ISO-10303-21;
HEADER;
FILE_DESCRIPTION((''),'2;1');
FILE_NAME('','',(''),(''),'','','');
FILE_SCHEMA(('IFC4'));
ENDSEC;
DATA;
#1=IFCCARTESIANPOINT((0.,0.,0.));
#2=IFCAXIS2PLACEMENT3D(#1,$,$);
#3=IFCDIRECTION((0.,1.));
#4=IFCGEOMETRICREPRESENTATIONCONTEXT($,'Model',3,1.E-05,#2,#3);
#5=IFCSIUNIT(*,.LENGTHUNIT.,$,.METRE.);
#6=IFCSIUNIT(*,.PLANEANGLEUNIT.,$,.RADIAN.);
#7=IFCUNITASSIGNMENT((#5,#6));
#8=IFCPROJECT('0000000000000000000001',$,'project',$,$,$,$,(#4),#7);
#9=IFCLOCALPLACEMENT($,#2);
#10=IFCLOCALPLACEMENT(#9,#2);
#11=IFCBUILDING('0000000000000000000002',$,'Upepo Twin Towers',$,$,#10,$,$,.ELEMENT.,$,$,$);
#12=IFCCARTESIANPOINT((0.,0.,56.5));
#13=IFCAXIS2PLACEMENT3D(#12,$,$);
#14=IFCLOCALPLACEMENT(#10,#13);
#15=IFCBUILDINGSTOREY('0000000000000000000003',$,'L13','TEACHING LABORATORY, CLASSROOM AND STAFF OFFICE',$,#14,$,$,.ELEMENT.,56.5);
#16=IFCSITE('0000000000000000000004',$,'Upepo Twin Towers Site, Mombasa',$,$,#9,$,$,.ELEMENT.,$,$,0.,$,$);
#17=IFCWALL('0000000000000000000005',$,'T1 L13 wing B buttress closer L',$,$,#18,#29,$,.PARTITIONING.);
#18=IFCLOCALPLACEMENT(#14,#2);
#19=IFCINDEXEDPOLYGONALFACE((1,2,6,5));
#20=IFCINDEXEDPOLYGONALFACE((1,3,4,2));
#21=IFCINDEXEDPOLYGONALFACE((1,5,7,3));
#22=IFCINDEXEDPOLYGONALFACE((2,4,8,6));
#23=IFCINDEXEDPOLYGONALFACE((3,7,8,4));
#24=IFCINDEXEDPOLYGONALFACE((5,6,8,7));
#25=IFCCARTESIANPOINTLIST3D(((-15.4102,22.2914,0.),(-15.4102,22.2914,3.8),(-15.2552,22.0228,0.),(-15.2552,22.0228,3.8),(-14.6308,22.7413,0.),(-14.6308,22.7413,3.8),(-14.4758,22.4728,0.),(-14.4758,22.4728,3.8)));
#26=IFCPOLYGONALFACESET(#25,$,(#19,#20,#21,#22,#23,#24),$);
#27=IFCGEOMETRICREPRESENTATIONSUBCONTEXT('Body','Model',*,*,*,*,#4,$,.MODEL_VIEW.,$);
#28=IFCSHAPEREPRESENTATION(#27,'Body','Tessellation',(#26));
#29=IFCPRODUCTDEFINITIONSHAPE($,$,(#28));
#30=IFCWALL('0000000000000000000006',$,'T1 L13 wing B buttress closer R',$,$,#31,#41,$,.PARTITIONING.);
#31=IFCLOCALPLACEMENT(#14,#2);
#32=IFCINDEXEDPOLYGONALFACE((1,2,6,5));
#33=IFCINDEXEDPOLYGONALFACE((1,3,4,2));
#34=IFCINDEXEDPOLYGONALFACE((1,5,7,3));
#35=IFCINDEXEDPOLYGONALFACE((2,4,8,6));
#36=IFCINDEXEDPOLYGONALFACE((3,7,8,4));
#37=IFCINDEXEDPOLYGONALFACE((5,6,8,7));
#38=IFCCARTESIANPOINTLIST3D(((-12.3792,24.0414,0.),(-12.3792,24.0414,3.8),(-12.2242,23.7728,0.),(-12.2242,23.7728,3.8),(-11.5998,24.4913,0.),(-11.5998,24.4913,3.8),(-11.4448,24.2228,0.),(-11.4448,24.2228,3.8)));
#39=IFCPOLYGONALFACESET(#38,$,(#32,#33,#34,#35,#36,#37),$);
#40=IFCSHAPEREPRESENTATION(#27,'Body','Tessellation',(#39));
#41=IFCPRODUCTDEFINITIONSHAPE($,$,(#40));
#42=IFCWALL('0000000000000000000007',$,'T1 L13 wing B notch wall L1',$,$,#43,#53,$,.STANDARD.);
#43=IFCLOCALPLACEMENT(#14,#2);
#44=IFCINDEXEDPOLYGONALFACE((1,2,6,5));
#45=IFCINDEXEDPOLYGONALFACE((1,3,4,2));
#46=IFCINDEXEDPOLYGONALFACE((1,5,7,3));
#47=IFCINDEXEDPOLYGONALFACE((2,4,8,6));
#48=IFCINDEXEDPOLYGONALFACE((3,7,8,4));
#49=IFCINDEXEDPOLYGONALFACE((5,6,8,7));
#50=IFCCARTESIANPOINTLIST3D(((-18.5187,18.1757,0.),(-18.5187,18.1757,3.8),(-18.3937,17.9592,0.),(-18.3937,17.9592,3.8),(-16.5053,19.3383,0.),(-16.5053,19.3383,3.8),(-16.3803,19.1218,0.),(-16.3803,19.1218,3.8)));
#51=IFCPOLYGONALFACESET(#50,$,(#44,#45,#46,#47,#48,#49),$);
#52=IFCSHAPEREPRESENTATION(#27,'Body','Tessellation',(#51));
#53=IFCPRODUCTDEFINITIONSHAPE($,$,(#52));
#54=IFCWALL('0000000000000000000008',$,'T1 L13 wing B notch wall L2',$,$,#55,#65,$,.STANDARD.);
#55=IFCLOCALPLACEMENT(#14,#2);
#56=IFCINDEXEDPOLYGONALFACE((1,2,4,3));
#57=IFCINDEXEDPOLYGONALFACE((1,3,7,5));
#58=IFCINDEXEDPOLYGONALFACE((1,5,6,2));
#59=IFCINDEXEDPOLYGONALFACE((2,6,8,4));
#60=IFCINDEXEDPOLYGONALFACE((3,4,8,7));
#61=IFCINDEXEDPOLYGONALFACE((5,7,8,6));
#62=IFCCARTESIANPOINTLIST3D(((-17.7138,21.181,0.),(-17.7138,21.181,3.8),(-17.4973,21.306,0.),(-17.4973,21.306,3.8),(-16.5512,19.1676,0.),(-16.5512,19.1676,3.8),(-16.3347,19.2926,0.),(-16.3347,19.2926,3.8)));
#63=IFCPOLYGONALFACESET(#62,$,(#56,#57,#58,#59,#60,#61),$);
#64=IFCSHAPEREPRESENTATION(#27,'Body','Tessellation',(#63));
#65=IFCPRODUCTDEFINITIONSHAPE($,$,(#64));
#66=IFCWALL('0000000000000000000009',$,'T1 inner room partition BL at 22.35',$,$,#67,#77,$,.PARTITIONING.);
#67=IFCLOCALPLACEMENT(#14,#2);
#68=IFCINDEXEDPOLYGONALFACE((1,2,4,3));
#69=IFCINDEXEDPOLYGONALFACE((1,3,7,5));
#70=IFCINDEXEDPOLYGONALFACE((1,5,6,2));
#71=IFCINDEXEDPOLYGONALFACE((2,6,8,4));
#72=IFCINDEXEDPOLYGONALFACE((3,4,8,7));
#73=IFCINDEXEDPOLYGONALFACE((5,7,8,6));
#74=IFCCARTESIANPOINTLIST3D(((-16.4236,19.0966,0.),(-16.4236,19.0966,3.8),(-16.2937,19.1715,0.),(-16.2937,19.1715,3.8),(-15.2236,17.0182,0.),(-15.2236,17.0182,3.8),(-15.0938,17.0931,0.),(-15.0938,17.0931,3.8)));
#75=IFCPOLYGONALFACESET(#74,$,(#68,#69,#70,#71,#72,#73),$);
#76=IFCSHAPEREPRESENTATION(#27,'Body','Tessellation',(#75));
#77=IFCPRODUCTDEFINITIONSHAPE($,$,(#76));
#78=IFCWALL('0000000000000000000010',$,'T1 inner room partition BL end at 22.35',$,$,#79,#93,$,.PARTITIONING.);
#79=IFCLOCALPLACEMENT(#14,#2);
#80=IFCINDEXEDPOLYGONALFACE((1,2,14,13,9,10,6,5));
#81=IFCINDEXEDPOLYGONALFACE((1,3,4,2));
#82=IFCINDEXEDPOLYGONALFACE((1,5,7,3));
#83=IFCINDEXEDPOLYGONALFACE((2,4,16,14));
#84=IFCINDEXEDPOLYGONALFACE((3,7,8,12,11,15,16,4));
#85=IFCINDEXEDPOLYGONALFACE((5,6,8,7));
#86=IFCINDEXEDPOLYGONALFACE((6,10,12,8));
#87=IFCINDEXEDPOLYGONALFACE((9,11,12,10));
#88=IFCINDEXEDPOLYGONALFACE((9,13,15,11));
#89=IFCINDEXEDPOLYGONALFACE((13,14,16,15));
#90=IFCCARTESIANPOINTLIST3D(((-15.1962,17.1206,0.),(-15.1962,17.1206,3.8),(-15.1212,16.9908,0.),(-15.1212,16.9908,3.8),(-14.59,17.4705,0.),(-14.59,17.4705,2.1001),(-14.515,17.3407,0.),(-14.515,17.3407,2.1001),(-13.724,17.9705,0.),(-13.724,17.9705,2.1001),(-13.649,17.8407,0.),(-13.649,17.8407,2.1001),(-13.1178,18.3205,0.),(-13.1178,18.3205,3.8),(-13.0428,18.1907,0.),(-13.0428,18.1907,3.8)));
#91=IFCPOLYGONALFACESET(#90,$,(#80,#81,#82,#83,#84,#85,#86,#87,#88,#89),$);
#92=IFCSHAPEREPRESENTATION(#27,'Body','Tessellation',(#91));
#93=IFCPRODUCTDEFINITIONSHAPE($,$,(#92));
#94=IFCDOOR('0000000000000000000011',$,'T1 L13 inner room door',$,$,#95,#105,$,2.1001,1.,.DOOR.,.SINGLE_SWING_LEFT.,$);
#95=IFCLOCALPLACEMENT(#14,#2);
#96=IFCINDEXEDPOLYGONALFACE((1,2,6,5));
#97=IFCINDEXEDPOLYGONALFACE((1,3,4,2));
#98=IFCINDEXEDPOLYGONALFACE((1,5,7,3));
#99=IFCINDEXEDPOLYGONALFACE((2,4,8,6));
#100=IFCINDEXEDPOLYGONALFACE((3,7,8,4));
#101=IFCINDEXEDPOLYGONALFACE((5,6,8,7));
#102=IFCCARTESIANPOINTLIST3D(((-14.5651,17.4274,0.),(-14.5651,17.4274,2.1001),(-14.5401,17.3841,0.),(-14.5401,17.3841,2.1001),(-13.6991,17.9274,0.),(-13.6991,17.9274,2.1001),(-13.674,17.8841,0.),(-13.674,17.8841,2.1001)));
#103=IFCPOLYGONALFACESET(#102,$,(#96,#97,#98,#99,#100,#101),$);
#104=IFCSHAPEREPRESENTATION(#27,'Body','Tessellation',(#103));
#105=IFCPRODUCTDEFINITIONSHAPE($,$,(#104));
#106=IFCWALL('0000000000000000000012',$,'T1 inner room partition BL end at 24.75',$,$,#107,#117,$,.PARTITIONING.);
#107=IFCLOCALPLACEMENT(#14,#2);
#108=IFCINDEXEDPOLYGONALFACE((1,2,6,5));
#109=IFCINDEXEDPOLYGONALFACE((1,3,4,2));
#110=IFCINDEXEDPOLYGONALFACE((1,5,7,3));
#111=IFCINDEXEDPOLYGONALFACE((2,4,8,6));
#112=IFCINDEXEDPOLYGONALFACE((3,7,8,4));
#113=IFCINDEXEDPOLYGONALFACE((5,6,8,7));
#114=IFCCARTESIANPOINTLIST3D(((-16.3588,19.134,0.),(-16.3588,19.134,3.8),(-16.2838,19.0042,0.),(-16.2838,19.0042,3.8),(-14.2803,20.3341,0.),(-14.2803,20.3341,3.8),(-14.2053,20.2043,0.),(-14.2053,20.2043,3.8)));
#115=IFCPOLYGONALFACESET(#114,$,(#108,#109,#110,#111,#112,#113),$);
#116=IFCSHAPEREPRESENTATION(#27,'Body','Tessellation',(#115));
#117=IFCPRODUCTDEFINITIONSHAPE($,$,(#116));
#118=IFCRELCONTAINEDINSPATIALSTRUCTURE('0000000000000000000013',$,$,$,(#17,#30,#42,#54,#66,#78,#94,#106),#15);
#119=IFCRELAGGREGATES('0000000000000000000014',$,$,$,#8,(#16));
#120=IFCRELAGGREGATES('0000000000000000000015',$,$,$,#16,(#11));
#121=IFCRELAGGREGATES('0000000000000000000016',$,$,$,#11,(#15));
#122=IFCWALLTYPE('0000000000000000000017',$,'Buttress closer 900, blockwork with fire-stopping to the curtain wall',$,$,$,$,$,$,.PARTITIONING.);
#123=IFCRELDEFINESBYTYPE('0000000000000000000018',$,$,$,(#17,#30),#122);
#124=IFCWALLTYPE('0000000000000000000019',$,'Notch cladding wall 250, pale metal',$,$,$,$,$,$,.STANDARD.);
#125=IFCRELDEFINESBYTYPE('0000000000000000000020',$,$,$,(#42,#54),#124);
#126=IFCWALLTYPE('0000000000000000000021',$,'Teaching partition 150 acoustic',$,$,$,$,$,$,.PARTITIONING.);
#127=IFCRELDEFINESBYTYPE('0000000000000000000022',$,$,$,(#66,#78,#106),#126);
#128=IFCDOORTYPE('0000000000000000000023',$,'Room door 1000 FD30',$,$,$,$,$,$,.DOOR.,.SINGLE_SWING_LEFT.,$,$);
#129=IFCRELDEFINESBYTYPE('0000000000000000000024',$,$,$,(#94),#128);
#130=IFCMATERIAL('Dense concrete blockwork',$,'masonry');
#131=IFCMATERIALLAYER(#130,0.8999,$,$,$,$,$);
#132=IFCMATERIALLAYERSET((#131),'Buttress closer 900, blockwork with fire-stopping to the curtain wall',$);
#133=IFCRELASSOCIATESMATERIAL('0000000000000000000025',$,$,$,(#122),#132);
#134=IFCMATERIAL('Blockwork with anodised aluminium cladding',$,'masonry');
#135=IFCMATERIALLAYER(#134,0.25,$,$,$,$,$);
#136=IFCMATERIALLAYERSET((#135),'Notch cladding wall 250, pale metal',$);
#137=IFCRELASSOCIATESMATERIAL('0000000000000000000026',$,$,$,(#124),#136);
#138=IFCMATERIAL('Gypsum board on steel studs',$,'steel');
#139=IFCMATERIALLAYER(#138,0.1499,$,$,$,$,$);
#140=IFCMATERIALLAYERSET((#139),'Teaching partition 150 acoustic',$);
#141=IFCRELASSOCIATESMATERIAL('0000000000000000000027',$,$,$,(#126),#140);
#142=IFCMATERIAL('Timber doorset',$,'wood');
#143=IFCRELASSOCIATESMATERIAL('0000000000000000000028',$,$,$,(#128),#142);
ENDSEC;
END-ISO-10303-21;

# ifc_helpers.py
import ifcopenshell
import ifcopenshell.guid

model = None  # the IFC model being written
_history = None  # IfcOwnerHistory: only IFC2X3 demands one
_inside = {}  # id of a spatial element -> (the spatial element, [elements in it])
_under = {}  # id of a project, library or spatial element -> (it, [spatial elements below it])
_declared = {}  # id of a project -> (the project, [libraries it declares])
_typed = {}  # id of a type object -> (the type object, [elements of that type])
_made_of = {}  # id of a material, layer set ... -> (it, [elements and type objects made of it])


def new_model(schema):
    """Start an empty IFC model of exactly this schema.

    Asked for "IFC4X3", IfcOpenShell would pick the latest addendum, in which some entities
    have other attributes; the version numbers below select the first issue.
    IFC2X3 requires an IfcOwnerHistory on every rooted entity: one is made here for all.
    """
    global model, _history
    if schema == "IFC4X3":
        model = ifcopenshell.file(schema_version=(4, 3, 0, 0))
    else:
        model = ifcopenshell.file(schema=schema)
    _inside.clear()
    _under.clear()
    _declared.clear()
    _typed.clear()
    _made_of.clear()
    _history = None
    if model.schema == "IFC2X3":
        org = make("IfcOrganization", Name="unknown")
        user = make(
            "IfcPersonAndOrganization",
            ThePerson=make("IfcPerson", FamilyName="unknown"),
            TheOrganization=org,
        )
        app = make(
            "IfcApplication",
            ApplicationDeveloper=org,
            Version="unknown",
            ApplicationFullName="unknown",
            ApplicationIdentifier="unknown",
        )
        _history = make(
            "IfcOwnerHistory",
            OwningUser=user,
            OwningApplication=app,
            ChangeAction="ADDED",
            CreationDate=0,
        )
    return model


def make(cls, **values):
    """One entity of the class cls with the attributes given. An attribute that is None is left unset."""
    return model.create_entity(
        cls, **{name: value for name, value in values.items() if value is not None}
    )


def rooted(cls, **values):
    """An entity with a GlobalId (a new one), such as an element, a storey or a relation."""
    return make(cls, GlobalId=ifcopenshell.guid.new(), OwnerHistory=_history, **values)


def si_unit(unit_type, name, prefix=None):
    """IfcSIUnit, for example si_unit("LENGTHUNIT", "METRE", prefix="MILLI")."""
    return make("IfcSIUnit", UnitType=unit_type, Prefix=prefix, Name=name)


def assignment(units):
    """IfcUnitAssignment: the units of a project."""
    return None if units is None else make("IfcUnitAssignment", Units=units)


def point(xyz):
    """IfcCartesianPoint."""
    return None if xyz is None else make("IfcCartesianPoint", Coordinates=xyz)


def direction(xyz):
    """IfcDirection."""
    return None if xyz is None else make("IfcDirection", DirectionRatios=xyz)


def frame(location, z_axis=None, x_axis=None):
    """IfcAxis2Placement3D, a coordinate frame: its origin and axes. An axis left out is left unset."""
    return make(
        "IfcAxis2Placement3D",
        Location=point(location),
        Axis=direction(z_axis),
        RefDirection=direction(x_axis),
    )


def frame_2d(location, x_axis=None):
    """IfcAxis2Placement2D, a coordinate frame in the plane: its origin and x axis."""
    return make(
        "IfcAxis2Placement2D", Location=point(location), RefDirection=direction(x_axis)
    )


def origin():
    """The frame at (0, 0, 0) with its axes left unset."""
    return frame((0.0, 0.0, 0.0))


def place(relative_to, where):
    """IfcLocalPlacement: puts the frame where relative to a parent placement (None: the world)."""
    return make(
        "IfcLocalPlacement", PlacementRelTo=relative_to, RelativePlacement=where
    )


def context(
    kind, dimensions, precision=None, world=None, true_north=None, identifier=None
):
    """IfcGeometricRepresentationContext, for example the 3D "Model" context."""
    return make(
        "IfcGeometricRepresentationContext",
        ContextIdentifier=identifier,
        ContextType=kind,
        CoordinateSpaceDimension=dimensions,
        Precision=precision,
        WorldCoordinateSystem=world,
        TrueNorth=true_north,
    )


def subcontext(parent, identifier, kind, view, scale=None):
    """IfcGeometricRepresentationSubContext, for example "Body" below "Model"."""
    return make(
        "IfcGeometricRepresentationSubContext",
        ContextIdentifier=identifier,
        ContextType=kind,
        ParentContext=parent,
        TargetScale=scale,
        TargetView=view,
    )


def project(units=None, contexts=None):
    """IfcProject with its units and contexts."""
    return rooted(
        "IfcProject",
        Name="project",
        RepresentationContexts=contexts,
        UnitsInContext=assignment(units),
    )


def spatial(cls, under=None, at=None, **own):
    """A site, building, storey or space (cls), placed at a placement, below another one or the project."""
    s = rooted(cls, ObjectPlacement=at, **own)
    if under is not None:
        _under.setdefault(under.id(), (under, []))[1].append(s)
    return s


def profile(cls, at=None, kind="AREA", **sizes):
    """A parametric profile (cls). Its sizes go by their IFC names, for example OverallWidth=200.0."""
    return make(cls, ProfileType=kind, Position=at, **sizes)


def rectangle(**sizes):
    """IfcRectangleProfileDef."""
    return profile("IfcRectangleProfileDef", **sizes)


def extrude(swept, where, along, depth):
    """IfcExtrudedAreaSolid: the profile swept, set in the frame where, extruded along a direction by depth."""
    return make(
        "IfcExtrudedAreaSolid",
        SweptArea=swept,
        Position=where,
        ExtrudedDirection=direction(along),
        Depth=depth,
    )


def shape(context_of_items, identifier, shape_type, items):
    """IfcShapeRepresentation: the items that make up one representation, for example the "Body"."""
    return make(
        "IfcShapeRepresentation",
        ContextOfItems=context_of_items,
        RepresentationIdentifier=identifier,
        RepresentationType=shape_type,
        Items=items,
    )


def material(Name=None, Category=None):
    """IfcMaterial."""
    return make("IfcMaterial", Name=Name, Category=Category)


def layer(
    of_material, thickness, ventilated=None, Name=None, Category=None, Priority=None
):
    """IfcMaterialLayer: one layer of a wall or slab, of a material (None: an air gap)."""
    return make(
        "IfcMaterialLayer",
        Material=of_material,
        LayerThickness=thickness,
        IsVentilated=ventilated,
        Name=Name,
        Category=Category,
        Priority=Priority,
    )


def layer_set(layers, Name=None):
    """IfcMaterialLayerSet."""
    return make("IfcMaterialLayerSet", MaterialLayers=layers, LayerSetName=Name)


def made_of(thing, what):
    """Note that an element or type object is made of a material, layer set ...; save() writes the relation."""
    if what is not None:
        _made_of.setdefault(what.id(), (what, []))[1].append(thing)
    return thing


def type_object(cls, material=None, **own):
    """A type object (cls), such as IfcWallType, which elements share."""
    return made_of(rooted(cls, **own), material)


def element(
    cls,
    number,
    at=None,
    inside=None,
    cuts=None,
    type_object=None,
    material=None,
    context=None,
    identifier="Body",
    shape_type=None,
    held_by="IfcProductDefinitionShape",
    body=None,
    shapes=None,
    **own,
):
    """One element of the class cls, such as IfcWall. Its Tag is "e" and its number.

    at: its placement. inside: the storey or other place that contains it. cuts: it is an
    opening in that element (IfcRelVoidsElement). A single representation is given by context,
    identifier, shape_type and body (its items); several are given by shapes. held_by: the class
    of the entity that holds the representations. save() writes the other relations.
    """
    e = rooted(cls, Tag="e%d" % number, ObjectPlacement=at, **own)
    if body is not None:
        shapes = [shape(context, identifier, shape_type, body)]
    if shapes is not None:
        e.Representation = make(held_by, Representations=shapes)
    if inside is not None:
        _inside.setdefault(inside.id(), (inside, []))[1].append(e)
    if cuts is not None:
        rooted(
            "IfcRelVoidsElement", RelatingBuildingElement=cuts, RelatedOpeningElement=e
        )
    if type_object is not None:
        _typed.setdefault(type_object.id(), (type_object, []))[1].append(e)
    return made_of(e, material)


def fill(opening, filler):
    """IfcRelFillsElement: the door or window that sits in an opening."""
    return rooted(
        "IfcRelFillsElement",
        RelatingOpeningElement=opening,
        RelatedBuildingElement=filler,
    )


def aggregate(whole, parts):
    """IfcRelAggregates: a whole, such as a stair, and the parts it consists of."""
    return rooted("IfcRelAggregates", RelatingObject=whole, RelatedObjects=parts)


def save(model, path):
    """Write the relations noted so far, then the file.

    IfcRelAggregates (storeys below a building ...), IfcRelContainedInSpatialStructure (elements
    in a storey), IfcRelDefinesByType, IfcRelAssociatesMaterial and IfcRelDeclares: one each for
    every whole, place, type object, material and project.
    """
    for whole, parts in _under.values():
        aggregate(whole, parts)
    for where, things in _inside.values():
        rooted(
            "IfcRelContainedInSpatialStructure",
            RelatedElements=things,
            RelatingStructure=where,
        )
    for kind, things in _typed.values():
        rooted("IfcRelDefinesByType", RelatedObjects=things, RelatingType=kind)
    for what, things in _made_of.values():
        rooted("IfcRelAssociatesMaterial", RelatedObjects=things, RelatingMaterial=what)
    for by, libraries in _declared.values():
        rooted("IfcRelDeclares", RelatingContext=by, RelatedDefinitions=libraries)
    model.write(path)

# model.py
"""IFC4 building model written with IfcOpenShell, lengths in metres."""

from ifc_helpers import new_model, si_unit, direction, frame, frame_2d, origin, place, context, subcontext, project, spatial, rectangle, extrude, material, layer, layer_set, type_object, element, fill, save


model = new_model("IFC4")

# Units and contexts
model_context = context("Model", 3, precision=1e-05, world=origin(), true_north=direction((0.0, 1.0)))
body_context = subcontext(model_context, "Body", "Model", "MODEL_VIEW")
ifc_project = project(units=[si_unit("LENGTHUNIT", "METRE"), si_unit("PLANEANGLEUNIT", "RADIAN")], contexts=[model_context])

# Site, building, storey
site_placement = place(None, origin())
site = spatial("IfcSite", under=ifc_project, at=site_placement, Name="Upepo Twin Towers Site, Mombasa", CompositionType="ELEMENT", RefElevation=0.0)
building_placement = place(site_placement, origin())
building = spatial("IfcBuilding", under=site, at=building_placement, Name="Upepo Twin Towers", CompositionType="ELEMENT")
storey_placement = place(building_placement, frame((0.0, 0.0, 56.5)))
storey = spatial("IfcBuildingStorey", under=building, at=storey_placement, Name="L13", Description="TEACHING LABORATORY, CLASSROOM AND STAFF OFFICE", CompositionType="ELEMENT", Elevation=56.5)

# Walls
ifc_material_1 = material(Name="Dense concrete blockwork", Category="masonry")
ifc_layer_1 = layer(ifc_material_1, 0.8999)
ifc_layer_set_1 = layer_set([ifc_layer_1], Name="Buttress closer 900, blockwork with fire-stopping to the curtain wall")
wall_type_1 = type_object("IfcWallType", Name="Buttress closer 900, blockwork with fire-stopping to the curtain wall", PredefinedType="PARTITIONING", material=ifc_layer_set_1)
for number, where, z_axis, x_axis, name in (
    (1, (-14.8655, 22.2478, 0.0), (0.0, 0.0, 1.0), (-0.49995, 0.866054, 0.0), "T1 L13 wing B buttress closer L"),
    (2, (-11.8345, 23.9978, 0.0), (0.0, 0.0, 1.0), (-0.49995, 0.866054, 0.0), "T1 L13 wing B buttress closer R"),
):
    element("IfcWall", number, at=place(storey_placement, frame(where, z_axis=z_axis, x_axis=x_axis)), inside=storey, type_object=wall_type_1, Name=name, PredefinedType="PARTITIONING", context=body_context, shape_type="SweptSolid", body=[
        extrude(rectangle(XDim=0.3101, YDim=0.8999, at=frame_2d((0.155, 0.0))), origin(), (0.0, 0.0, 1.0), 3.8),
    ])
ifc_material_2 = material(Name="Blockwork with anodised aluminium cladding", Category="masonry")
ifc_layer_2 = layer(ifc_material_2, 0.25)
ifc_layer_set_2 = layer_set([ifc_layer_2], Name="Notch cladding wall 250, pale metal")
wall_type_2 = type_object("IfcWallType", Name="Notch cladding wall 250, pale metal", PredefinedType="STANDARD", material=ifc_layer_set_2)
for number, where, z_axis, x_axis, name in (
    (3, (-18.4563, 18.0674, 0.0), (0.0, 0.0, 1.0), (0.865998, 0.500047, 0.0), "T1 L13 wing B notch wall L1"),
    (4, (-16.4429, 19.23, 0.0), (0.0, 0.0, 1.0), (-0.500047, 0.865998, 0.0), "T1 L13 wing B notch wall L2"),
):
    element("IfcWall", number, at=place(storey_placement, frame(where, z_axis=z_axis, x_axis=x_axis)), inside=storey, type_object=wall_type_2, Name=name, PredefinedType="STANDARD", context=body_context, shape_type="SweptSolid", body=[
        extrude(rectangle(XDim=2.325, YDim=0.25, at=frame_2d((1.1626, 0.0))), origin(), (0.0, 0.0, 1.0), 3.8),
    ])
ifc_material_3 = material(Name="Gypsum board on steel studs", Category="steel")
ifc_layer_3 = layer(ifc_material_3, 0.1499)
ifc_layer_set_3 = layer_set([ifc_layer_3], Name="Teaching partition 150 acoustic")
wall_type_3 = type_object("IfcWallType", Name="Teaching partition 150 acoustic", PredefinedType="PARTITIONING", material=ifc_layer_set_3)
wall_1_placement = place(storey_placement, frame((-15.1587, 17.0557, 0.0), z_axis=(0.0, 0.0, 1.0), x_axis=(-0.500001, 0.866025, 0.0)))
element("IfcWall", 5, at=wall_1_placement, inside=storey, type_object=wall_type_3, Name="T1 inner room partition BL at 22.35", PredefinedType="PARTITIONING", context=body_context, shape_type="SweptSolid", body=[
    extrude(rectangle(XDim=2.3999, YDim=0.1499, at=frame_2d((1.2, 0.0))), origin(), (0.0, 0.0, 1.0), 3.8),
])

# Wall, opening, door
wall_2_placement = place(storey_placement, frame((-13.0803, 18.2556, 0.0), z_axis=(0.0, 0.0, 1.0), x_axis=(-0.866025, -0.500001, 0.0)))
wall_2 = element("IfcWall", 6, at=wall_2_placement, inside=storey, type_object=wall_type_3, Name="T1 inner room partition BL end at 22.35", PredefinedType="PARTITIONING", context=body_context, shape_type="SweptSolid", body=[
    extrude(rectangle(XDim=2.3999, YDim=0.1499, at=frame_2d((1.2, 0.0))), origin(), (0.0, 0.0, 1.0), 3.8),
])
opening_placement = place(wall_2_placement, frame((0.7, 0.0, 0.0)))
opening = element("IfcOpeningElement", 7, at=opening_placement, cuts=wall_2, PredefinedType="OPENING", context=body_context, shape_type="SweptSolid", body=[
    extrude(rectangle(XDim=1.0, YDim=2.1001, at=frame_2d((0.5, 1.05))), frame((0.0, 0.085, 0.0), z_axis=(0.0, -1.0, 0.0), x_axis=(1.0, 0.0, 0.0)), (0.0, 0.0, 1.0), 0.1699),
])
ifc_material_4 = material(Name="Timber doorset", Category="wood")
door_type = type_object("IfcDoorType", Name="Room door 1000 FD30", OperationType="SINGLE_SWING_LEFT", PredefinedType="DOOR", material=ifc_material_4)
door_placement = place(opening_placement, origin())
door = element("IfcDoor", 8, at=door_placement, inside=storey, type_object=door_type, Name="T1 L13 inner room door", OperationType="SINGLE_SWING_LEFT", OverallHeight=2.1001, OverallWidth=1.0, PredefinedType="DOOR", context=body_context, shape_type="SweptSolid", body=[
    extrude(rectangle(XDim=1.0, YDim=2.1001, at=frame_2d((0.5, 1.05))), frame((0.0, 0.0249, 0.0), z_axis=(0.0, -1.0, 0.0), x_axis=(1.0, 0.0, 0.0)), (0.0, 0.0, 1.0), 0.05),
])
fill(opening, door)

# Wall
wall_3_placement = place(storey_placement, frame((-14.2427, 20.2693, 0.0), z_axis=(0.0, 0.0, 1.0), x_axis=(-0.866006, -0.500034, 0.0)))
element("IfcWall", 9, at=wall_3_placement, inside=storey, type_object=wall_type_3, Name="T1 inner room partition BL end at 24.75", PredefinedType="PARTITIONING", context=body_context, shape_type="SweptSolid", body=[
    extrude(rectangle(XDim=2.4001, YDim=0.1499, at=frame_2d((1.2002, 0.0))), origin(), (0.0, 0.0, 1.0), 3.8),
])

save(model, "model.ifc")
